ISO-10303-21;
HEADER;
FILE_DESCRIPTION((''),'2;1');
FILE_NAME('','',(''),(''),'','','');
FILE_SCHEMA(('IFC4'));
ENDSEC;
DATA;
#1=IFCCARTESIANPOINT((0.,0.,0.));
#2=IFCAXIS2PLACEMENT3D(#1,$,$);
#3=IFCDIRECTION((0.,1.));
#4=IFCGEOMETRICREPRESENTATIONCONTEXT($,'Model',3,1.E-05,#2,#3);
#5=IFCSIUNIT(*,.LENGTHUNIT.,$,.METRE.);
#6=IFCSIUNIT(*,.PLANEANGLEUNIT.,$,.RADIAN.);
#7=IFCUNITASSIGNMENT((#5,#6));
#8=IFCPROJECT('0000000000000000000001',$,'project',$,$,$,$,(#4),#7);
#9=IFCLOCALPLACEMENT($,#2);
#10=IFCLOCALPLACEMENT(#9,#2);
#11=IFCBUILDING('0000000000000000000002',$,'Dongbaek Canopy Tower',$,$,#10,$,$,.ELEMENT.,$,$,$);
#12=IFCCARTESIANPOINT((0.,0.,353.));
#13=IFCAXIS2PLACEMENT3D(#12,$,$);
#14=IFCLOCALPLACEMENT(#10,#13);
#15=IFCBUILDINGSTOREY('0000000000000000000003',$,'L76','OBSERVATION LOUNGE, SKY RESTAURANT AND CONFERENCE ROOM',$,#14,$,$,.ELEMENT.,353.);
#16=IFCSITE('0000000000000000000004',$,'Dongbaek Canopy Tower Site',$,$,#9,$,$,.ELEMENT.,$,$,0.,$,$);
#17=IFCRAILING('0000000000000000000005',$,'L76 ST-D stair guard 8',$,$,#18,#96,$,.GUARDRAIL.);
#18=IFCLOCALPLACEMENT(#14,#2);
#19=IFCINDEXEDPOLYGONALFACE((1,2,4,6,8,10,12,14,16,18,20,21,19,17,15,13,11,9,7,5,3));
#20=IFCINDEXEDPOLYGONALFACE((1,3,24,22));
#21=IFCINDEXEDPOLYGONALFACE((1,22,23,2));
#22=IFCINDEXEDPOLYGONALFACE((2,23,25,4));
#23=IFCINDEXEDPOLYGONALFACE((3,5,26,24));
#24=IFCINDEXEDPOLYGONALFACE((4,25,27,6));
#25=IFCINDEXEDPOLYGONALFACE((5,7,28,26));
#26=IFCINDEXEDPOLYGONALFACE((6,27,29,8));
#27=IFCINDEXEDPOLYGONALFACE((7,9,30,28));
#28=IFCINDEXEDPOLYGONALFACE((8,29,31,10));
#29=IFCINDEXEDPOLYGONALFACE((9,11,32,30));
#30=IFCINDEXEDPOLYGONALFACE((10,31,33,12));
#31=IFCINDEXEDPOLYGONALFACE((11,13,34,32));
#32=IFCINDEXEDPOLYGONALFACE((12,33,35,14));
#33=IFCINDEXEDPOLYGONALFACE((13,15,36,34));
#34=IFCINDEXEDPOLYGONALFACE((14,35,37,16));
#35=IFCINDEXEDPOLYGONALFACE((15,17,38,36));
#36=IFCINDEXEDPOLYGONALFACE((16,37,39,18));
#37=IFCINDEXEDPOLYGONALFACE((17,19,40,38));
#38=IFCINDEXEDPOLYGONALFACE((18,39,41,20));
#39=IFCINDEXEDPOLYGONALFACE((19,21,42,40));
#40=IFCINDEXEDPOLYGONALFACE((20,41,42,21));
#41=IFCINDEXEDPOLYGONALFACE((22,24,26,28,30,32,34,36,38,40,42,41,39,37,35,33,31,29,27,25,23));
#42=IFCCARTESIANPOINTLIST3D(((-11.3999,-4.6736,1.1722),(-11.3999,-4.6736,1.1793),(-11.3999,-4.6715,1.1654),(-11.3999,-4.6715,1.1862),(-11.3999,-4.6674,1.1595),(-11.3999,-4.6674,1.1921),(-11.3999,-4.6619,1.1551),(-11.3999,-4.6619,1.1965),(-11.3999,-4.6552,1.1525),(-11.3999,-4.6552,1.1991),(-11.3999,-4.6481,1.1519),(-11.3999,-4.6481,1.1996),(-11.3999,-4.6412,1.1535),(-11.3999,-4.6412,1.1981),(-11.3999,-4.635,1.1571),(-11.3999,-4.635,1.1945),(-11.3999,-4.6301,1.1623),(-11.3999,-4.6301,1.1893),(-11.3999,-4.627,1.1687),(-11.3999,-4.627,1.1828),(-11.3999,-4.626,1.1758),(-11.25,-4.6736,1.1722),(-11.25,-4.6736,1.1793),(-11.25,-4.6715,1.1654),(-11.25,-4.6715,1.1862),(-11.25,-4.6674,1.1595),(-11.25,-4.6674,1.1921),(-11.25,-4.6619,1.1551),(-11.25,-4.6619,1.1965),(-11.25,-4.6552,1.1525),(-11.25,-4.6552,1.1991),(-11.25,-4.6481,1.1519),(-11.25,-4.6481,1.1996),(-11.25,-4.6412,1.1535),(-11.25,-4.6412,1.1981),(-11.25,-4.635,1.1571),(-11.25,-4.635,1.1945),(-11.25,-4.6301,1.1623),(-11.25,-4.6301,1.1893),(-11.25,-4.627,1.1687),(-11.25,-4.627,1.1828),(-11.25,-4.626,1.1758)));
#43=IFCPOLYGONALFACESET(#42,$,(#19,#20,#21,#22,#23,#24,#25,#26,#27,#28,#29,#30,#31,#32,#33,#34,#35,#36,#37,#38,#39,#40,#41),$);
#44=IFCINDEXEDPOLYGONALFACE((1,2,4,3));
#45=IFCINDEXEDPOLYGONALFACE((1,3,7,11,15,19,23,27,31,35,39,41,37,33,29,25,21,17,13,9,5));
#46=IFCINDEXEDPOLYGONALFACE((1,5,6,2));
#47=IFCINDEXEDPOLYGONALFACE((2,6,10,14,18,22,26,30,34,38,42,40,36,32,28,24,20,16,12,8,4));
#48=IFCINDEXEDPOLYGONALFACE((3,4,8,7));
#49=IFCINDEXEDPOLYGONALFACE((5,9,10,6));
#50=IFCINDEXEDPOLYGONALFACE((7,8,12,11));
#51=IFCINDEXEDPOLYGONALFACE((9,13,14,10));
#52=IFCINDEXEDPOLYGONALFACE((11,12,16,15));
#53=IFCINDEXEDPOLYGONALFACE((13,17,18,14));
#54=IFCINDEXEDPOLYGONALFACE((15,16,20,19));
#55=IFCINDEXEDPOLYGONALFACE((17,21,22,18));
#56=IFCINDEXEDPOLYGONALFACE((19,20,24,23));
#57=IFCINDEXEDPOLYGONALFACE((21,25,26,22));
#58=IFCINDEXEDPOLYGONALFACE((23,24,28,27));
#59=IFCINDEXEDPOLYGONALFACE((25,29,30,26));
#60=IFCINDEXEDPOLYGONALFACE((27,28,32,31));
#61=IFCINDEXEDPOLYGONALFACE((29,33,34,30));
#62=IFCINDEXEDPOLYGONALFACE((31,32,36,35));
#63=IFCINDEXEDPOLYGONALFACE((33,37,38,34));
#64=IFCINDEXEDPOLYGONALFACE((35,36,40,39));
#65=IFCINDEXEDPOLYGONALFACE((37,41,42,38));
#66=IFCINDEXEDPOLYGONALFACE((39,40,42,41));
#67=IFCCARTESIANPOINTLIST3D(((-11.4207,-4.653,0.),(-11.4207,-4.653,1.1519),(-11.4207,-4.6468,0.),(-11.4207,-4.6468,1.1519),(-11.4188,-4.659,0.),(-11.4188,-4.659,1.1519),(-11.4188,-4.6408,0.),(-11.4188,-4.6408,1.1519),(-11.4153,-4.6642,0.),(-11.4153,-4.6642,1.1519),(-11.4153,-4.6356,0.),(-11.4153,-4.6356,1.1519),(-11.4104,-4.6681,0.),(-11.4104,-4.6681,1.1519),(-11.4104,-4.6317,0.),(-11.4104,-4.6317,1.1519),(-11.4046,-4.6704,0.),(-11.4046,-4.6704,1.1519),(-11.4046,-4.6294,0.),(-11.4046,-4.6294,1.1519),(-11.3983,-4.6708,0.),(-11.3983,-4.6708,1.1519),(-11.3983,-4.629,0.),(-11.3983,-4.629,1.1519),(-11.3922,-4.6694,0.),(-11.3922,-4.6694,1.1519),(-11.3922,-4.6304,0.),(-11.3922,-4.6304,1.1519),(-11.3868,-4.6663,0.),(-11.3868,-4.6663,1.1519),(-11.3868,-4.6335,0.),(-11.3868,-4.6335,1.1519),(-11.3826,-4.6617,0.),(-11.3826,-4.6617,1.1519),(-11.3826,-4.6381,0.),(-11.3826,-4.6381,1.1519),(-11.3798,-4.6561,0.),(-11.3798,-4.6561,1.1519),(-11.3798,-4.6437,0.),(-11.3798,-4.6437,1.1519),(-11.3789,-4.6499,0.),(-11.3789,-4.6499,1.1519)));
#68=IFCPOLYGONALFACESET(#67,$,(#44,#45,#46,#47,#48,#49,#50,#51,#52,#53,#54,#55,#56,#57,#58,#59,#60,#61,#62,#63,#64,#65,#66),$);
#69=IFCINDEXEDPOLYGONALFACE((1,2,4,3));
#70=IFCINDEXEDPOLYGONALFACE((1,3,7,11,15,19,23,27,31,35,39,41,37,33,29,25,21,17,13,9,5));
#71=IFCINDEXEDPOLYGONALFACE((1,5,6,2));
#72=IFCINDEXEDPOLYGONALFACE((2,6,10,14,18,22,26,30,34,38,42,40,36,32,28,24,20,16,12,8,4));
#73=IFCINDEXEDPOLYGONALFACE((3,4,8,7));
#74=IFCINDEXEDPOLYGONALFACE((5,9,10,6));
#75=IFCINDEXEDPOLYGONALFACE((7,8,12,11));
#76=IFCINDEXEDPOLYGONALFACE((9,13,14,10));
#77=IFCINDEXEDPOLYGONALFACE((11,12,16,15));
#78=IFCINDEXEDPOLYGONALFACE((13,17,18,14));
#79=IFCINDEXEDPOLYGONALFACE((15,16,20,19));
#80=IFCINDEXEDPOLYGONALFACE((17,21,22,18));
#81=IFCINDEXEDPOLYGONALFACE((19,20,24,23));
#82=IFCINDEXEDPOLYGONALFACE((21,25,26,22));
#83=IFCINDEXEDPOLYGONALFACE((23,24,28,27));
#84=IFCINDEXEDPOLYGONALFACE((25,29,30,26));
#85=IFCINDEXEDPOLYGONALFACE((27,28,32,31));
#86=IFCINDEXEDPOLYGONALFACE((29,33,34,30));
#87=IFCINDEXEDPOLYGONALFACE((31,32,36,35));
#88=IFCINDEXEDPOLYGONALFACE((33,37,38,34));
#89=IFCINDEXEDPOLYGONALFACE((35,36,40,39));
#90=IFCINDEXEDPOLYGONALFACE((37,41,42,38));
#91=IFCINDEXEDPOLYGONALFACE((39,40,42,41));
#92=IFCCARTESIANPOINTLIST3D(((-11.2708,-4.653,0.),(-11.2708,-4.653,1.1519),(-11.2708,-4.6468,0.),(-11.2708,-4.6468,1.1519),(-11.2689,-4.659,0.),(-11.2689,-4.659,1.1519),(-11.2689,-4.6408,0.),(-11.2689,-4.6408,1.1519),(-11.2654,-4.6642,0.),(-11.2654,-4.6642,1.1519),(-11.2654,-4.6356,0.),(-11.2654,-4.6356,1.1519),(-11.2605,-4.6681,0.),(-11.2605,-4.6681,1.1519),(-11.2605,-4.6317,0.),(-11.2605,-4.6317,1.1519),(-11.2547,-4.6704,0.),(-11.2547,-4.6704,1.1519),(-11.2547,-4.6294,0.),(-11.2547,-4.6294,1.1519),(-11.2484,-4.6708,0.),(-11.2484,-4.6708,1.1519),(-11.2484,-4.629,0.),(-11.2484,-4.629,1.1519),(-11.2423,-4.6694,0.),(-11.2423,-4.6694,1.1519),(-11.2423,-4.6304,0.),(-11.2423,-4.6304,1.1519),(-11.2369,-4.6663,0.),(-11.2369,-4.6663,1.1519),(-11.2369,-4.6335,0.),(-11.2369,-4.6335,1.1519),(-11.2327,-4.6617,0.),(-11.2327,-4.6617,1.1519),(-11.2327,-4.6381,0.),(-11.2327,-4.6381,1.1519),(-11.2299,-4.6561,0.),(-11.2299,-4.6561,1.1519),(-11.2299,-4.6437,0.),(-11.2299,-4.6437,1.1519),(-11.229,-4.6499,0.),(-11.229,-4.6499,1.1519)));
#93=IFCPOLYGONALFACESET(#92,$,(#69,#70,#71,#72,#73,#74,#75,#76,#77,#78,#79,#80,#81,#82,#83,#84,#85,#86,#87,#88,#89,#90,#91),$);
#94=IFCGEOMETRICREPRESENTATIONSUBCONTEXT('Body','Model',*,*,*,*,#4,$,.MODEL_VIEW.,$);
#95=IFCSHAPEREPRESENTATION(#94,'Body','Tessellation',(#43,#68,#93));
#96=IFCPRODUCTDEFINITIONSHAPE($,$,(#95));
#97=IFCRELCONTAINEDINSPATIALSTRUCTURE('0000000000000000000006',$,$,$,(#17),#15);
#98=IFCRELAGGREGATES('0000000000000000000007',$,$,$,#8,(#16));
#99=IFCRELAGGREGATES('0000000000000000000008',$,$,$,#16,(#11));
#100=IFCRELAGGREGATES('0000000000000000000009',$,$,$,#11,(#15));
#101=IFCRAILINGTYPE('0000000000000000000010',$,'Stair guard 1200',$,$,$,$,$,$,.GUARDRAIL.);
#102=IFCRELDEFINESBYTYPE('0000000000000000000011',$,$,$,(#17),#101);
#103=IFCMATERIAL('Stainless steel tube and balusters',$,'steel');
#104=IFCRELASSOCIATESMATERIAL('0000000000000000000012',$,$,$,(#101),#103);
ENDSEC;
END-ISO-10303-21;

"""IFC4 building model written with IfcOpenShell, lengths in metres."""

from ifc_helpers import new_model, si_unit, direction, frame, origin, origin_2d, place, context, subcontext, project, spatial, circle, extrude, material, type_object, element, save


model = new_model("IFC4")

# Units and contexts
model_context = context("Model", 3, precision=1e-05, world=origin(), true_north=direction((0.0, 1.0)))
body_context = subcontext(model_context, "Body", "Model", "MODEL_VIEW")
ifc_project = project(units=[si_unit("LENGTHUNIT", "METRE"), si_unit("PLANEANGLEUNIT", "RADIAN")], contexts=[model_context])

# Site, building, storey
site_placement = place(None, origin())
site = spatial("IfcSite", under=ifc_project, at=site_placement, Name="Dongbaek Canopy Tower Site", CompositionType="ELEMENT", RefElevation=0.0)
building_placement = place(site_placement, origin())
building = spatial("IfcBuilding", under=site, at=building_placement, Name="Dongbaek Canopy Tower", CompositionType="ELEMENT")
storey_placement = place(building_placement, frame((0.0, 0.0, 353.0)))
storey = spatial("IfcBuildingStorey", under=building, at=storey_placement, Name="L76", Description="OBSERVATION LOUNGE, SKY RESTAURANT AND CONFERENCE ROOM", CompositionType="ELEMENT", Elevation=353.0)

# Railing
ifc_material_1 = material(Name="Stainless steel tube and balusters", Category="steel")
railing_type_1 = type_object("IfcRailingType", Name="Stair guard 1200", PredefinedType="GUARDRAIL", material=ifc_material_1)
railing_1_placement = place(storey_placement, frame((-11.3999, -4.6499, 0.0)))
element("IfcRailing", 1, at=railing_1_placement, inside=storey, type_object=railing_type_1, Name="L76 ST-D stair guard 8", PredefinedType="GUARDRAIL", context=body_context, shape_type="SweptSolid", body=[
    extrude(circle(Radius=0.0239, at=origin_2d()), frame((0.0, 0.0, 1.1758), z_axis=(1.0, 0.0, 0.0), x_axis=(0.0, 1.0, 0.0)), (0.0, 0.0, 1.0), 0.1499),
    extrude(circle(Radius=0.021, at=origin_2d()), origin(), (0.0, 0.0, 1.0), 1.1519),
    extrude(circle(Radius=0.021, at=origin_2d()), frame((0.1499, 0.0, 0.0)), (0.0, 0.0, 1.0), 1.1519),
])

save(model, "model.ifc")
